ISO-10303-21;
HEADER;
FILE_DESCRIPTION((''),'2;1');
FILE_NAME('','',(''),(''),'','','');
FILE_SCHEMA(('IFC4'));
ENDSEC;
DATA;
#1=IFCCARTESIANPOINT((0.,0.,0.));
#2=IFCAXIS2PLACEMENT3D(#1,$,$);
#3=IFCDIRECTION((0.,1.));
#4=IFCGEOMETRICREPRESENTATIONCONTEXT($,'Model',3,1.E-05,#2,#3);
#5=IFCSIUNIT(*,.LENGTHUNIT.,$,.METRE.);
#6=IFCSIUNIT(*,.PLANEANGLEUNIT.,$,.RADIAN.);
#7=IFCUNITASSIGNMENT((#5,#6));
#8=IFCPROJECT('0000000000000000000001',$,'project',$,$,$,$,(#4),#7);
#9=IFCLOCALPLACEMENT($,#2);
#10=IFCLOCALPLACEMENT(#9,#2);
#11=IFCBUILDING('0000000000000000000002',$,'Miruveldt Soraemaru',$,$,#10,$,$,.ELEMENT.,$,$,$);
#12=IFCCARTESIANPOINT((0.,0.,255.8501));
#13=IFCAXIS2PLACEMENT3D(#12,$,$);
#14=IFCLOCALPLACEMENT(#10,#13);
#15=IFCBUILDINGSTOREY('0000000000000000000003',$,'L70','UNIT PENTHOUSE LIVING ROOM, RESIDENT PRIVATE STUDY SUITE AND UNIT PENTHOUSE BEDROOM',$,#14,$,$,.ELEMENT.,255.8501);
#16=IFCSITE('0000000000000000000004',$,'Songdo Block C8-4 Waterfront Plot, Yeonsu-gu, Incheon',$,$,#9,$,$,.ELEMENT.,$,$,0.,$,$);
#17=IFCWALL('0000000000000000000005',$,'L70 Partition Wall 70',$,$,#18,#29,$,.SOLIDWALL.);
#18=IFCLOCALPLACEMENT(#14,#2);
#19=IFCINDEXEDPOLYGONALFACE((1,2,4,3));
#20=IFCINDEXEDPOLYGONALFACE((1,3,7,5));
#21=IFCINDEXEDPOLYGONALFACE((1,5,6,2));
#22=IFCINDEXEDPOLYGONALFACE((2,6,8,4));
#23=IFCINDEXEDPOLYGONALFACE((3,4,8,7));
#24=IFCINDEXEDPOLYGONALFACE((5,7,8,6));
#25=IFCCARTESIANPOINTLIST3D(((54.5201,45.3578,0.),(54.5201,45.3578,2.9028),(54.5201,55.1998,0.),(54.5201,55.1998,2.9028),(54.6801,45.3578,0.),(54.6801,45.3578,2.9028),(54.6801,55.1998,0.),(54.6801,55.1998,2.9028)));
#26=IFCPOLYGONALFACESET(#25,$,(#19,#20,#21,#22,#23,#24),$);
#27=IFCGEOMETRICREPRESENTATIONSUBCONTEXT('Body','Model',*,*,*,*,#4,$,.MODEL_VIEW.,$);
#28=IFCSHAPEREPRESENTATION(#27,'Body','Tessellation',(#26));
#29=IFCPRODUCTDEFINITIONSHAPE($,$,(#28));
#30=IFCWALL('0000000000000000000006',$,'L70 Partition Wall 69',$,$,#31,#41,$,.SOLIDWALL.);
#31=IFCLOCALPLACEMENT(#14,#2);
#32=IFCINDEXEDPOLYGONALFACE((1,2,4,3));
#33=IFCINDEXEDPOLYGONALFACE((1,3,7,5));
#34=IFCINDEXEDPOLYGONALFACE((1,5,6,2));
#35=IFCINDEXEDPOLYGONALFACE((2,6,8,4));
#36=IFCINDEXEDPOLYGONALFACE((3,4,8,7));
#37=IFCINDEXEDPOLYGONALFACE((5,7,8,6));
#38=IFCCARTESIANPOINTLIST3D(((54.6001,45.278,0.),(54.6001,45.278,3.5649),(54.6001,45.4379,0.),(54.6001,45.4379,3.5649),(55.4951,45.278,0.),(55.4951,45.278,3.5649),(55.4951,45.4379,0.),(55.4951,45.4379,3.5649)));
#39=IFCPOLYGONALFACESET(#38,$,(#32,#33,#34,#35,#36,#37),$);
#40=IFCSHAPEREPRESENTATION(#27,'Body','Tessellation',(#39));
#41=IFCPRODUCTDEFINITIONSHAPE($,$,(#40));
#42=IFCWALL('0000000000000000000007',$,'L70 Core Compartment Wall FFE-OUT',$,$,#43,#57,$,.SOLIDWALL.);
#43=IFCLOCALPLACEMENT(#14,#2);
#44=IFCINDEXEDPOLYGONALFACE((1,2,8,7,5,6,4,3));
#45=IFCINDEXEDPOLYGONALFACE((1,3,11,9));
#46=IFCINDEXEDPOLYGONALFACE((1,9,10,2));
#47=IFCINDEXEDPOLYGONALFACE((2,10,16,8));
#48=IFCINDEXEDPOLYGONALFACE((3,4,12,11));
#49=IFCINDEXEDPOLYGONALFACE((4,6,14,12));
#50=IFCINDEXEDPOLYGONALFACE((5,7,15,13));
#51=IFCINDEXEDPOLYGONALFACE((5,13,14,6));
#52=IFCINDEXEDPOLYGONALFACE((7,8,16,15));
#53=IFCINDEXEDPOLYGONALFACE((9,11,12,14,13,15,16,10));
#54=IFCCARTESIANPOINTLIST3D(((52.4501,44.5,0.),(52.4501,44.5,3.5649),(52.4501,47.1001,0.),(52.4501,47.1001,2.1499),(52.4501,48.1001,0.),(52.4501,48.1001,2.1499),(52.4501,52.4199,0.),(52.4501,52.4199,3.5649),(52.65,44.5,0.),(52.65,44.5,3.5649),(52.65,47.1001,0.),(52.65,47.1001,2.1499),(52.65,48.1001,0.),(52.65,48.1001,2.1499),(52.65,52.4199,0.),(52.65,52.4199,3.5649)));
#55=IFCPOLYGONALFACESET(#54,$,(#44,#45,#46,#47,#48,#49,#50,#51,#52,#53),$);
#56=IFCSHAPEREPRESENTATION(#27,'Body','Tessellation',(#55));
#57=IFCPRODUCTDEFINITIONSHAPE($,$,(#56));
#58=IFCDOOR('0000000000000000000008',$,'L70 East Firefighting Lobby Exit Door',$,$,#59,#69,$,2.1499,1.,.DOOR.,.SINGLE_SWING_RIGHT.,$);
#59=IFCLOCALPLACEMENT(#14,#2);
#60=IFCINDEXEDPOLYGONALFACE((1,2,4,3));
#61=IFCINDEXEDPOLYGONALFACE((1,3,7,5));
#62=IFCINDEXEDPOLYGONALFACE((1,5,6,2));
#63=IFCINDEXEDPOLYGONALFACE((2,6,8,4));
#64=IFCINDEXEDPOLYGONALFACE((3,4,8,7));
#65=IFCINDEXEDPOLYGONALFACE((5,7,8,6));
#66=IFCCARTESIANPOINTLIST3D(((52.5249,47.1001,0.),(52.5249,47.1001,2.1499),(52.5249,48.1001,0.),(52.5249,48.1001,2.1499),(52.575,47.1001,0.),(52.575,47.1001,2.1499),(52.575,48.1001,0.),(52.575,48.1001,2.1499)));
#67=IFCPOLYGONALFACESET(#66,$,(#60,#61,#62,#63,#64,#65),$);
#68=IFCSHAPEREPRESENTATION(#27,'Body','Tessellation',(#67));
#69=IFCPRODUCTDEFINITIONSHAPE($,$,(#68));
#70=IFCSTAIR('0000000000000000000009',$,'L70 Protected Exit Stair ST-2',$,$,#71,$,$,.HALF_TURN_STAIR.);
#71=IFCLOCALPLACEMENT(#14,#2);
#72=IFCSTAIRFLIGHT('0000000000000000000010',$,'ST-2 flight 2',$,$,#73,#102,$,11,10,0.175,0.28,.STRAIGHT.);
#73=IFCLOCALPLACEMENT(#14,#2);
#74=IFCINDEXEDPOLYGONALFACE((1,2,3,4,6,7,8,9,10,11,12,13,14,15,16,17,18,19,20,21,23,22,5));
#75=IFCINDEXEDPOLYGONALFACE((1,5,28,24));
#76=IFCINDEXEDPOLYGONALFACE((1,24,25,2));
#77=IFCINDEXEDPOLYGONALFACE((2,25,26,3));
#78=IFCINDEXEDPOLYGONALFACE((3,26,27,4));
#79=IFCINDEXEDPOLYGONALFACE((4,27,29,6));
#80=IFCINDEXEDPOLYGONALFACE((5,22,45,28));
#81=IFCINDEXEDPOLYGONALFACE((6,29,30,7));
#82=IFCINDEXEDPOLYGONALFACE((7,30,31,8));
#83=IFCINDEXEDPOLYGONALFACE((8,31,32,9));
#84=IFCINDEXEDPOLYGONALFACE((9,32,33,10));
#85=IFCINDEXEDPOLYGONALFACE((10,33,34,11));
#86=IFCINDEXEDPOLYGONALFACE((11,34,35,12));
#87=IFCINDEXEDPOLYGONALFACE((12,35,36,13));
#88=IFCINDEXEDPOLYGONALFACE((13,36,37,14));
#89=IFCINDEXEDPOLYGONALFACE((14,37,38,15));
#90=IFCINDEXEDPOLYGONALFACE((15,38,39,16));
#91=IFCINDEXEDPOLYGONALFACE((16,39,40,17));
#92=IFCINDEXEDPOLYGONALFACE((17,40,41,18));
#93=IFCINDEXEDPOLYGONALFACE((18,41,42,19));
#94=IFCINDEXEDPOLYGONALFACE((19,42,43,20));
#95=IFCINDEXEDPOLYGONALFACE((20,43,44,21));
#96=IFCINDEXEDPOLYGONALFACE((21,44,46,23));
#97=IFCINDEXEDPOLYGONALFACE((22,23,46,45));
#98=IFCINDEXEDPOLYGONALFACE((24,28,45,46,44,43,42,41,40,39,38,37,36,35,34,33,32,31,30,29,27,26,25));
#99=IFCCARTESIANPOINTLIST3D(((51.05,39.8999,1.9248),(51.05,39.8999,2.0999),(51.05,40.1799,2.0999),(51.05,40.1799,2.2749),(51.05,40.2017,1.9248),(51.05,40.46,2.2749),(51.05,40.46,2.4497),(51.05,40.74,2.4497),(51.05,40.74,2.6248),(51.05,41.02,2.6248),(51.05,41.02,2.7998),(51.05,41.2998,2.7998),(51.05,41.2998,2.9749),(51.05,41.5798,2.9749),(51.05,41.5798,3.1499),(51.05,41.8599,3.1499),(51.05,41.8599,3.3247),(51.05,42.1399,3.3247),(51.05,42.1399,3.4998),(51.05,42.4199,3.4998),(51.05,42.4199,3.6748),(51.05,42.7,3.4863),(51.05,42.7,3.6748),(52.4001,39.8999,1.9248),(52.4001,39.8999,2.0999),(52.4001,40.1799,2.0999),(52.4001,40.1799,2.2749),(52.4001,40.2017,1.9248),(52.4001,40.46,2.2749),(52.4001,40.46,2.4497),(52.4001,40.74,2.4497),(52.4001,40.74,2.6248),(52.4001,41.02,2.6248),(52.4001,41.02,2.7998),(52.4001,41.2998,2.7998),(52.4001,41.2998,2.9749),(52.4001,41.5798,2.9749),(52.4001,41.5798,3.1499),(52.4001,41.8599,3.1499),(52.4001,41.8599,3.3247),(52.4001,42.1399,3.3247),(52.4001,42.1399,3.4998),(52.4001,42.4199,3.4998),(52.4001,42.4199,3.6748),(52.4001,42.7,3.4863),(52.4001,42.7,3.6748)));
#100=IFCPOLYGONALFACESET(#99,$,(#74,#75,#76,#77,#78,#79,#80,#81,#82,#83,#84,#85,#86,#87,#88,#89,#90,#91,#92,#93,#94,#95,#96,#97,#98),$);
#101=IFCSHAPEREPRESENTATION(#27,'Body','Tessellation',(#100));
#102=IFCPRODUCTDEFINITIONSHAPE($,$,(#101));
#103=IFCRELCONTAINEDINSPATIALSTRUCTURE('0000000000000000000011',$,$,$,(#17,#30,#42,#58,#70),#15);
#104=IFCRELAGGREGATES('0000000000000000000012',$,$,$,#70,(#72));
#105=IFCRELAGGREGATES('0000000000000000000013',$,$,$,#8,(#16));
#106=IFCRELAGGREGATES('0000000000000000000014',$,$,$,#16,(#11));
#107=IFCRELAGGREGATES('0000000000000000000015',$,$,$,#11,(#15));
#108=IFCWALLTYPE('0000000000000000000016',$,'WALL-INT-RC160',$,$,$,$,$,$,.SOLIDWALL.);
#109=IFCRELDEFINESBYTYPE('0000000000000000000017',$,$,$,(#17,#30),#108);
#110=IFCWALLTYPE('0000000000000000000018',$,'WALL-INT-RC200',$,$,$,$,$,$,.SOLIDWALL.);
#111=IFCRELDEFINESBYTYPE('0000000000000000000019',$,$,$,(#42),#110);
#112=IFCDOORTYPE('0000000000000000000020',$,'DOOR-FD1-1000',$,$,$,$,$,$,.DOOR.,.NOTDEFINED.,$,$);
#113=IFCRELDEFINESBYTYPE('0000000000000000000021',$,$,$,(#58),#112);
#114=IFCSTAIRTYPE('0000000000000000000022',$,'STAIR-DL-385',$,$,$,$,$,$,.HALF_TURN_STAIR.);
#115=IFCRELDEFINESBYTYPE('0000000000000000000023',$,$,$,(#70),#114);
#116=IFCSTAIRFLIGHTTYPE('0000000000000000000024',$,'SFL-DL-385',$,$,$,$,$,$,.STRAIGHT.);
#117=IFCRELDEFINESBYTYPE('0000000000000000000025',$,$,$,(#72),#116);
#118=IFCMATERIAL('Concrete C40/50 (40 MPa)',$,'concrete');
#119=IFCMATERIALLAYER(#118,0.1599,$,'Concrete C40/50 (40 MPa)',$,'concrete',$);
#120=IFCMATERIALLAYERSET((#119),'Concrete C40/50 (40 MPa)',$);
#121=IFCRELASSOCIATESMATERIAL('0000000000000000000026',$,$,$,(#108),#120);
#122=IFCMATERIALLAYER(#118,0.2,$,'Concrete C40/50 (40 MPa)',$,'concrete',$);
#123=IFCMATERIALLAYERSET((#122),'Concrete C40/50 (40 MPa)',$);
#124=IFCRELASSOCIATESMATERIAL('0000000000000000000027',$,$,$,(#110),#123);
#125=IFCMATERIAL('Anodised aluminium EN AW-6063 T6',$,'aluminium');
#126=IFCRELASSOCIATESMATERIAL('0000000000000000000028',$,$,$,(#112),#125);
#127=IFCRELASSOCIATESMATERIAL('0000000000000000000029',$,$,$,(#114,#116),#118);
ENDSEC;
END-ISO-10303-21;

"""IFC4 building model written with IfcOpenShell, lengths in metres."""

from ifc_helpers import new_model, si_unit, direction, frame, frame_2d, origin, place, context, subcontext, project, spatial, polyline, rectangle, outline, extrude, material, layer, layer_set, type_object, element, fill, aggregate, save


model = new_model("IFC4")

# Units and contexts
model_context = context("Model", 3, precision=1e-05, world=origin(), true_north=direction((0.0, 1.0)))
body_context = subcontext(model_context, "Body", "Model", "MODEL_VIEW")
ifc_project = project(units=[si_unit("LENGTHUNIT", "METRE"), si_unit("PLANEANGLEUNIT", "RADIAN")], contexts=[model_context])

# Site, building, storey
site_placement = place(None, origin())
site = spatial("IfcSite", under=ifc_project, at=site_placement, Name="Songdo Block C8-4 Waterfront Plot, Yeonsu-gu, Incheon", CompositionType="ELEMENT", RefElevation=0.0)
building_placement = place(site_placement, origin())
building = spatial("IfcBuilding", under=site, at=building_placement, Name="Miruveldt Soraemaru", CompositionType="ELEMENT")
storey_placement = place(building_placement, frame((0.0, 0.0, 255.8501)))
storey = spatial("IfcBuildingStorey", under=building, at=storey_placement, Name="L70", Description="UNIT PENTHOUSE LIVING ROOM, RESIDENT PRIVATE STUDY SUITE AND UNIT PENTHOUSE BEDROOM", CompositionType="ELEMENT", Elevation=255.8501)

# Shared definitions
ifc_material_1 = material(Name="Anodised aluminium EN AW-6063 T6", Category="aluminium")

# Walls
ifc_material_2 = material(Name="Concrete C40/50 (40 MPa)", Category="concrete")
ifc_layer_1 = layer(ifc_material_2, 0.1599, Name="Concrete C40/50 (40 MPa)", Category="concrete")
ifc_layer_set_1 = layer_set([ifc_layer_1], Name="Concrete C40/50 (40 MPa)")
wall_type_1 = type_object("IfcWallType", Name="WALL-INT-RC160", PredefinedType="SOLIDWALL", material=ifc_layer_set_1)
wall_1_placement = place(storey_placement, frame((54.6001, 45.3579, 0.0), z_axis=(0.0, 0.0, 1.0), x_axis=(0.0, 1.0, 0.0)))
element("IfcWall", 1, at=wall_1_placement, inside=storey, type_object=wall_type_1, Name="L70 Partition Wall 70", PredefinedType="SOLIDWALL", context=body_context, shape_type="SweptSolid", body=[
    extrude(rectangle(XDim=9.842, YDim=0.1599, at=frame_2d((4.9209, 0.0))), origin(), (0.0, 0.0, 1.0), 2.9028),
])
wall_2_placement = place(storey_placement, frame((55.4951, 45.3579, 0.0), z_axis=(0.0, 0.0, 1.0), x_axis=(-1.0, 0.0, 0.0)))
element("IfcWall", 2, at=wall_2_placement, inside=storey, type_object=wall_type_1, Name="L70 Partition Wall 69", PredefinedType="SOLIDWALL", context=body_context, shape_type="SweptSolid", body=[
    extrude(rectangle(XDim=0.895, YDim=0.1599, at=frame_2d((0.4475, 0.0))), origin(), (0.0, 0.0, 1.0), 3.5649),
])

# Wall, opening, door
ifc_layer_2 = layer(ifc_material_2, 0.2, Name="Concrete C40/50 (40 MPa)", Category="concrete")
ifc_layer_set_2 = layer_set([ifc_layer_2], Name="Concrete C40/50 (40 MPa)")
wall_type_2 = type_object("IfcWallType", Name="WALL-INT-RC200", PredefinedType="SOLIDWALL", material=ifc_layer_set_2)
wall_3_placement = place(storey_placement, frame((52.55, 44.5, 0.0), z_axis=(0.0, 0.0, 1.0), x_axis=(0.0, 1.0, 0.0)))
wall_3 = element("IfcWall", 3, at=wall_3_placement, inside=storey, type_object=wall_type_2, Name="L70 Core Compartment Wall FFE-OUT", PredefinedType="SOLIDWALL", context=body_context, shape_type="SweptSolid", body=[
    extrude(rectangle(XDim=7.9199, YDim=0.2, at=frame_2d((3.96, 0.0))), origin(), (0.0, 0.0, 1.0), 3.5649),
])
opening_1_placement = place(wall_3_placement, frame((2.6001, 0.0, 0.0)))
opening_1 = element("IfcOpeningElement", 4, at=opening_1_placement, cuts=wall_3, PredefinedType="OPENING", context=body_context, shape_type="SweptSolid", body=[
    extrude(rectangle(XDim=1.0, YDim=2.1499, at=frame_2d((0.5, 1.075))), frame((0.0, 0.1099, 0.0), z_axis=(0.0, -1.0, 0.0), x_axis=(1.0, 0.0, 0.0)), (0.0, 0.0, 1.0), 0.22),
])
door_type = type_object("IfcDoorType", Name="DOOR-FD1-1000", OperationType="NOTDEFINED", PredefinedType="DOOR", material=ifc_material_1)
door_placement = place(opening_1_placement, frame((1.0, 0.0, 0.0), z_axis=(0.0, 0.0, 1.0), x_axis=(-1.0, 0.0, 0.0)))
door = element("IfcDoor", 5, at=door_placement, inside=storey, type_object=door_type, Name="L70 East Firefighting Lobby Exit Door", OperationType="SINGLE_SWING_RIGHT", OverallHeight=2.1499, OverallWidth=1.0, PredefinedType="DOOR", context=body_context, shape_type="SweptSolid", body=[
    extrude(rectangle(XDim=1.0, YDim=2.1499, at=frame_2d((0.5, 1.075))), frame((0.0, 0.0249, 0.0), z_axis=(0.0, -1.0, 0.0), x_axis=(1.0, 0.0, 0.0)), (0.0, 0.0, 1.0), 0.05),
])
fill(opening_1, door)

# Stair, stair flight
stair_type = type_object("IfcStairType", Name="STAIR-DL-385", PredefinedType="HALF_TURN_STAIR", material=ifc_material_2)
stair_placement = place(storey_placement, origin())
stair = element("IfcStair", 6, at=stair_placement, inside=storey, type_object=stair_type, Name="L70 Protected Exit Stair ST-2", PredefinedType="HALF_TURN_STAIR")
stair_flight_type = type_object("IfcStairFlightType", Name="SFL-DL-385", PredefinedType="STRAIGHT", material=ifc_material_2)
stair_flight_placement = place(storey_placement, frame((51.7251, 39.8999, 1.9248), z_axis=(0.0, 0.0, 1.0), x_axis=(0.0, 1.0, 0.0)))
stair_flight = element("IfcStairFlight", 7, at=stair_flight_placement, type_object=stair_flight_type, Name="ST-2 flight 2", NumberOfRisers=11, NumberOfTreads=10, PredefinedType="STRAIGHT", RiserHeight=0.175, TreadLength=0.28, context=body_context, shape_type="SweptSolid", body=[
    extrude(outline(polyline([(0.0, 0.0), (0.0, 0.175), (0.28, 0.175), (0.28, 0.3501), (0.5601, 0.3501), (0.5601, 0.5249), (0.8401, 0.5249), (0.8401, 0.7), (1.1201, 0.7), (1.1201, 0.875), (1.3999, 0.875), (1.3999, 1.05), (1.6799, 1.05), (1.6799, 1.2251), (1.96, 1.2251), (1.96, 1.3999), (2.24, 1.3999), (2.24, 1.575), (2.52, 1.575), (2.52, 1.75), (2.8, 1.75), (2.8, 1.925), (2.8, 1.5615), (0.3018, 0.0), (0.0, 0.0)])), frame((0.0, 0.675, 0.0), z_axis=(0.0, -1.0, 0.0), x_axis=(1.0, 0.0, 0.0)), (0.0, 0.0, 1.0), 1.3501),
])
aggregate(stair, [stair_flight])

save(model, "model.ifc")
